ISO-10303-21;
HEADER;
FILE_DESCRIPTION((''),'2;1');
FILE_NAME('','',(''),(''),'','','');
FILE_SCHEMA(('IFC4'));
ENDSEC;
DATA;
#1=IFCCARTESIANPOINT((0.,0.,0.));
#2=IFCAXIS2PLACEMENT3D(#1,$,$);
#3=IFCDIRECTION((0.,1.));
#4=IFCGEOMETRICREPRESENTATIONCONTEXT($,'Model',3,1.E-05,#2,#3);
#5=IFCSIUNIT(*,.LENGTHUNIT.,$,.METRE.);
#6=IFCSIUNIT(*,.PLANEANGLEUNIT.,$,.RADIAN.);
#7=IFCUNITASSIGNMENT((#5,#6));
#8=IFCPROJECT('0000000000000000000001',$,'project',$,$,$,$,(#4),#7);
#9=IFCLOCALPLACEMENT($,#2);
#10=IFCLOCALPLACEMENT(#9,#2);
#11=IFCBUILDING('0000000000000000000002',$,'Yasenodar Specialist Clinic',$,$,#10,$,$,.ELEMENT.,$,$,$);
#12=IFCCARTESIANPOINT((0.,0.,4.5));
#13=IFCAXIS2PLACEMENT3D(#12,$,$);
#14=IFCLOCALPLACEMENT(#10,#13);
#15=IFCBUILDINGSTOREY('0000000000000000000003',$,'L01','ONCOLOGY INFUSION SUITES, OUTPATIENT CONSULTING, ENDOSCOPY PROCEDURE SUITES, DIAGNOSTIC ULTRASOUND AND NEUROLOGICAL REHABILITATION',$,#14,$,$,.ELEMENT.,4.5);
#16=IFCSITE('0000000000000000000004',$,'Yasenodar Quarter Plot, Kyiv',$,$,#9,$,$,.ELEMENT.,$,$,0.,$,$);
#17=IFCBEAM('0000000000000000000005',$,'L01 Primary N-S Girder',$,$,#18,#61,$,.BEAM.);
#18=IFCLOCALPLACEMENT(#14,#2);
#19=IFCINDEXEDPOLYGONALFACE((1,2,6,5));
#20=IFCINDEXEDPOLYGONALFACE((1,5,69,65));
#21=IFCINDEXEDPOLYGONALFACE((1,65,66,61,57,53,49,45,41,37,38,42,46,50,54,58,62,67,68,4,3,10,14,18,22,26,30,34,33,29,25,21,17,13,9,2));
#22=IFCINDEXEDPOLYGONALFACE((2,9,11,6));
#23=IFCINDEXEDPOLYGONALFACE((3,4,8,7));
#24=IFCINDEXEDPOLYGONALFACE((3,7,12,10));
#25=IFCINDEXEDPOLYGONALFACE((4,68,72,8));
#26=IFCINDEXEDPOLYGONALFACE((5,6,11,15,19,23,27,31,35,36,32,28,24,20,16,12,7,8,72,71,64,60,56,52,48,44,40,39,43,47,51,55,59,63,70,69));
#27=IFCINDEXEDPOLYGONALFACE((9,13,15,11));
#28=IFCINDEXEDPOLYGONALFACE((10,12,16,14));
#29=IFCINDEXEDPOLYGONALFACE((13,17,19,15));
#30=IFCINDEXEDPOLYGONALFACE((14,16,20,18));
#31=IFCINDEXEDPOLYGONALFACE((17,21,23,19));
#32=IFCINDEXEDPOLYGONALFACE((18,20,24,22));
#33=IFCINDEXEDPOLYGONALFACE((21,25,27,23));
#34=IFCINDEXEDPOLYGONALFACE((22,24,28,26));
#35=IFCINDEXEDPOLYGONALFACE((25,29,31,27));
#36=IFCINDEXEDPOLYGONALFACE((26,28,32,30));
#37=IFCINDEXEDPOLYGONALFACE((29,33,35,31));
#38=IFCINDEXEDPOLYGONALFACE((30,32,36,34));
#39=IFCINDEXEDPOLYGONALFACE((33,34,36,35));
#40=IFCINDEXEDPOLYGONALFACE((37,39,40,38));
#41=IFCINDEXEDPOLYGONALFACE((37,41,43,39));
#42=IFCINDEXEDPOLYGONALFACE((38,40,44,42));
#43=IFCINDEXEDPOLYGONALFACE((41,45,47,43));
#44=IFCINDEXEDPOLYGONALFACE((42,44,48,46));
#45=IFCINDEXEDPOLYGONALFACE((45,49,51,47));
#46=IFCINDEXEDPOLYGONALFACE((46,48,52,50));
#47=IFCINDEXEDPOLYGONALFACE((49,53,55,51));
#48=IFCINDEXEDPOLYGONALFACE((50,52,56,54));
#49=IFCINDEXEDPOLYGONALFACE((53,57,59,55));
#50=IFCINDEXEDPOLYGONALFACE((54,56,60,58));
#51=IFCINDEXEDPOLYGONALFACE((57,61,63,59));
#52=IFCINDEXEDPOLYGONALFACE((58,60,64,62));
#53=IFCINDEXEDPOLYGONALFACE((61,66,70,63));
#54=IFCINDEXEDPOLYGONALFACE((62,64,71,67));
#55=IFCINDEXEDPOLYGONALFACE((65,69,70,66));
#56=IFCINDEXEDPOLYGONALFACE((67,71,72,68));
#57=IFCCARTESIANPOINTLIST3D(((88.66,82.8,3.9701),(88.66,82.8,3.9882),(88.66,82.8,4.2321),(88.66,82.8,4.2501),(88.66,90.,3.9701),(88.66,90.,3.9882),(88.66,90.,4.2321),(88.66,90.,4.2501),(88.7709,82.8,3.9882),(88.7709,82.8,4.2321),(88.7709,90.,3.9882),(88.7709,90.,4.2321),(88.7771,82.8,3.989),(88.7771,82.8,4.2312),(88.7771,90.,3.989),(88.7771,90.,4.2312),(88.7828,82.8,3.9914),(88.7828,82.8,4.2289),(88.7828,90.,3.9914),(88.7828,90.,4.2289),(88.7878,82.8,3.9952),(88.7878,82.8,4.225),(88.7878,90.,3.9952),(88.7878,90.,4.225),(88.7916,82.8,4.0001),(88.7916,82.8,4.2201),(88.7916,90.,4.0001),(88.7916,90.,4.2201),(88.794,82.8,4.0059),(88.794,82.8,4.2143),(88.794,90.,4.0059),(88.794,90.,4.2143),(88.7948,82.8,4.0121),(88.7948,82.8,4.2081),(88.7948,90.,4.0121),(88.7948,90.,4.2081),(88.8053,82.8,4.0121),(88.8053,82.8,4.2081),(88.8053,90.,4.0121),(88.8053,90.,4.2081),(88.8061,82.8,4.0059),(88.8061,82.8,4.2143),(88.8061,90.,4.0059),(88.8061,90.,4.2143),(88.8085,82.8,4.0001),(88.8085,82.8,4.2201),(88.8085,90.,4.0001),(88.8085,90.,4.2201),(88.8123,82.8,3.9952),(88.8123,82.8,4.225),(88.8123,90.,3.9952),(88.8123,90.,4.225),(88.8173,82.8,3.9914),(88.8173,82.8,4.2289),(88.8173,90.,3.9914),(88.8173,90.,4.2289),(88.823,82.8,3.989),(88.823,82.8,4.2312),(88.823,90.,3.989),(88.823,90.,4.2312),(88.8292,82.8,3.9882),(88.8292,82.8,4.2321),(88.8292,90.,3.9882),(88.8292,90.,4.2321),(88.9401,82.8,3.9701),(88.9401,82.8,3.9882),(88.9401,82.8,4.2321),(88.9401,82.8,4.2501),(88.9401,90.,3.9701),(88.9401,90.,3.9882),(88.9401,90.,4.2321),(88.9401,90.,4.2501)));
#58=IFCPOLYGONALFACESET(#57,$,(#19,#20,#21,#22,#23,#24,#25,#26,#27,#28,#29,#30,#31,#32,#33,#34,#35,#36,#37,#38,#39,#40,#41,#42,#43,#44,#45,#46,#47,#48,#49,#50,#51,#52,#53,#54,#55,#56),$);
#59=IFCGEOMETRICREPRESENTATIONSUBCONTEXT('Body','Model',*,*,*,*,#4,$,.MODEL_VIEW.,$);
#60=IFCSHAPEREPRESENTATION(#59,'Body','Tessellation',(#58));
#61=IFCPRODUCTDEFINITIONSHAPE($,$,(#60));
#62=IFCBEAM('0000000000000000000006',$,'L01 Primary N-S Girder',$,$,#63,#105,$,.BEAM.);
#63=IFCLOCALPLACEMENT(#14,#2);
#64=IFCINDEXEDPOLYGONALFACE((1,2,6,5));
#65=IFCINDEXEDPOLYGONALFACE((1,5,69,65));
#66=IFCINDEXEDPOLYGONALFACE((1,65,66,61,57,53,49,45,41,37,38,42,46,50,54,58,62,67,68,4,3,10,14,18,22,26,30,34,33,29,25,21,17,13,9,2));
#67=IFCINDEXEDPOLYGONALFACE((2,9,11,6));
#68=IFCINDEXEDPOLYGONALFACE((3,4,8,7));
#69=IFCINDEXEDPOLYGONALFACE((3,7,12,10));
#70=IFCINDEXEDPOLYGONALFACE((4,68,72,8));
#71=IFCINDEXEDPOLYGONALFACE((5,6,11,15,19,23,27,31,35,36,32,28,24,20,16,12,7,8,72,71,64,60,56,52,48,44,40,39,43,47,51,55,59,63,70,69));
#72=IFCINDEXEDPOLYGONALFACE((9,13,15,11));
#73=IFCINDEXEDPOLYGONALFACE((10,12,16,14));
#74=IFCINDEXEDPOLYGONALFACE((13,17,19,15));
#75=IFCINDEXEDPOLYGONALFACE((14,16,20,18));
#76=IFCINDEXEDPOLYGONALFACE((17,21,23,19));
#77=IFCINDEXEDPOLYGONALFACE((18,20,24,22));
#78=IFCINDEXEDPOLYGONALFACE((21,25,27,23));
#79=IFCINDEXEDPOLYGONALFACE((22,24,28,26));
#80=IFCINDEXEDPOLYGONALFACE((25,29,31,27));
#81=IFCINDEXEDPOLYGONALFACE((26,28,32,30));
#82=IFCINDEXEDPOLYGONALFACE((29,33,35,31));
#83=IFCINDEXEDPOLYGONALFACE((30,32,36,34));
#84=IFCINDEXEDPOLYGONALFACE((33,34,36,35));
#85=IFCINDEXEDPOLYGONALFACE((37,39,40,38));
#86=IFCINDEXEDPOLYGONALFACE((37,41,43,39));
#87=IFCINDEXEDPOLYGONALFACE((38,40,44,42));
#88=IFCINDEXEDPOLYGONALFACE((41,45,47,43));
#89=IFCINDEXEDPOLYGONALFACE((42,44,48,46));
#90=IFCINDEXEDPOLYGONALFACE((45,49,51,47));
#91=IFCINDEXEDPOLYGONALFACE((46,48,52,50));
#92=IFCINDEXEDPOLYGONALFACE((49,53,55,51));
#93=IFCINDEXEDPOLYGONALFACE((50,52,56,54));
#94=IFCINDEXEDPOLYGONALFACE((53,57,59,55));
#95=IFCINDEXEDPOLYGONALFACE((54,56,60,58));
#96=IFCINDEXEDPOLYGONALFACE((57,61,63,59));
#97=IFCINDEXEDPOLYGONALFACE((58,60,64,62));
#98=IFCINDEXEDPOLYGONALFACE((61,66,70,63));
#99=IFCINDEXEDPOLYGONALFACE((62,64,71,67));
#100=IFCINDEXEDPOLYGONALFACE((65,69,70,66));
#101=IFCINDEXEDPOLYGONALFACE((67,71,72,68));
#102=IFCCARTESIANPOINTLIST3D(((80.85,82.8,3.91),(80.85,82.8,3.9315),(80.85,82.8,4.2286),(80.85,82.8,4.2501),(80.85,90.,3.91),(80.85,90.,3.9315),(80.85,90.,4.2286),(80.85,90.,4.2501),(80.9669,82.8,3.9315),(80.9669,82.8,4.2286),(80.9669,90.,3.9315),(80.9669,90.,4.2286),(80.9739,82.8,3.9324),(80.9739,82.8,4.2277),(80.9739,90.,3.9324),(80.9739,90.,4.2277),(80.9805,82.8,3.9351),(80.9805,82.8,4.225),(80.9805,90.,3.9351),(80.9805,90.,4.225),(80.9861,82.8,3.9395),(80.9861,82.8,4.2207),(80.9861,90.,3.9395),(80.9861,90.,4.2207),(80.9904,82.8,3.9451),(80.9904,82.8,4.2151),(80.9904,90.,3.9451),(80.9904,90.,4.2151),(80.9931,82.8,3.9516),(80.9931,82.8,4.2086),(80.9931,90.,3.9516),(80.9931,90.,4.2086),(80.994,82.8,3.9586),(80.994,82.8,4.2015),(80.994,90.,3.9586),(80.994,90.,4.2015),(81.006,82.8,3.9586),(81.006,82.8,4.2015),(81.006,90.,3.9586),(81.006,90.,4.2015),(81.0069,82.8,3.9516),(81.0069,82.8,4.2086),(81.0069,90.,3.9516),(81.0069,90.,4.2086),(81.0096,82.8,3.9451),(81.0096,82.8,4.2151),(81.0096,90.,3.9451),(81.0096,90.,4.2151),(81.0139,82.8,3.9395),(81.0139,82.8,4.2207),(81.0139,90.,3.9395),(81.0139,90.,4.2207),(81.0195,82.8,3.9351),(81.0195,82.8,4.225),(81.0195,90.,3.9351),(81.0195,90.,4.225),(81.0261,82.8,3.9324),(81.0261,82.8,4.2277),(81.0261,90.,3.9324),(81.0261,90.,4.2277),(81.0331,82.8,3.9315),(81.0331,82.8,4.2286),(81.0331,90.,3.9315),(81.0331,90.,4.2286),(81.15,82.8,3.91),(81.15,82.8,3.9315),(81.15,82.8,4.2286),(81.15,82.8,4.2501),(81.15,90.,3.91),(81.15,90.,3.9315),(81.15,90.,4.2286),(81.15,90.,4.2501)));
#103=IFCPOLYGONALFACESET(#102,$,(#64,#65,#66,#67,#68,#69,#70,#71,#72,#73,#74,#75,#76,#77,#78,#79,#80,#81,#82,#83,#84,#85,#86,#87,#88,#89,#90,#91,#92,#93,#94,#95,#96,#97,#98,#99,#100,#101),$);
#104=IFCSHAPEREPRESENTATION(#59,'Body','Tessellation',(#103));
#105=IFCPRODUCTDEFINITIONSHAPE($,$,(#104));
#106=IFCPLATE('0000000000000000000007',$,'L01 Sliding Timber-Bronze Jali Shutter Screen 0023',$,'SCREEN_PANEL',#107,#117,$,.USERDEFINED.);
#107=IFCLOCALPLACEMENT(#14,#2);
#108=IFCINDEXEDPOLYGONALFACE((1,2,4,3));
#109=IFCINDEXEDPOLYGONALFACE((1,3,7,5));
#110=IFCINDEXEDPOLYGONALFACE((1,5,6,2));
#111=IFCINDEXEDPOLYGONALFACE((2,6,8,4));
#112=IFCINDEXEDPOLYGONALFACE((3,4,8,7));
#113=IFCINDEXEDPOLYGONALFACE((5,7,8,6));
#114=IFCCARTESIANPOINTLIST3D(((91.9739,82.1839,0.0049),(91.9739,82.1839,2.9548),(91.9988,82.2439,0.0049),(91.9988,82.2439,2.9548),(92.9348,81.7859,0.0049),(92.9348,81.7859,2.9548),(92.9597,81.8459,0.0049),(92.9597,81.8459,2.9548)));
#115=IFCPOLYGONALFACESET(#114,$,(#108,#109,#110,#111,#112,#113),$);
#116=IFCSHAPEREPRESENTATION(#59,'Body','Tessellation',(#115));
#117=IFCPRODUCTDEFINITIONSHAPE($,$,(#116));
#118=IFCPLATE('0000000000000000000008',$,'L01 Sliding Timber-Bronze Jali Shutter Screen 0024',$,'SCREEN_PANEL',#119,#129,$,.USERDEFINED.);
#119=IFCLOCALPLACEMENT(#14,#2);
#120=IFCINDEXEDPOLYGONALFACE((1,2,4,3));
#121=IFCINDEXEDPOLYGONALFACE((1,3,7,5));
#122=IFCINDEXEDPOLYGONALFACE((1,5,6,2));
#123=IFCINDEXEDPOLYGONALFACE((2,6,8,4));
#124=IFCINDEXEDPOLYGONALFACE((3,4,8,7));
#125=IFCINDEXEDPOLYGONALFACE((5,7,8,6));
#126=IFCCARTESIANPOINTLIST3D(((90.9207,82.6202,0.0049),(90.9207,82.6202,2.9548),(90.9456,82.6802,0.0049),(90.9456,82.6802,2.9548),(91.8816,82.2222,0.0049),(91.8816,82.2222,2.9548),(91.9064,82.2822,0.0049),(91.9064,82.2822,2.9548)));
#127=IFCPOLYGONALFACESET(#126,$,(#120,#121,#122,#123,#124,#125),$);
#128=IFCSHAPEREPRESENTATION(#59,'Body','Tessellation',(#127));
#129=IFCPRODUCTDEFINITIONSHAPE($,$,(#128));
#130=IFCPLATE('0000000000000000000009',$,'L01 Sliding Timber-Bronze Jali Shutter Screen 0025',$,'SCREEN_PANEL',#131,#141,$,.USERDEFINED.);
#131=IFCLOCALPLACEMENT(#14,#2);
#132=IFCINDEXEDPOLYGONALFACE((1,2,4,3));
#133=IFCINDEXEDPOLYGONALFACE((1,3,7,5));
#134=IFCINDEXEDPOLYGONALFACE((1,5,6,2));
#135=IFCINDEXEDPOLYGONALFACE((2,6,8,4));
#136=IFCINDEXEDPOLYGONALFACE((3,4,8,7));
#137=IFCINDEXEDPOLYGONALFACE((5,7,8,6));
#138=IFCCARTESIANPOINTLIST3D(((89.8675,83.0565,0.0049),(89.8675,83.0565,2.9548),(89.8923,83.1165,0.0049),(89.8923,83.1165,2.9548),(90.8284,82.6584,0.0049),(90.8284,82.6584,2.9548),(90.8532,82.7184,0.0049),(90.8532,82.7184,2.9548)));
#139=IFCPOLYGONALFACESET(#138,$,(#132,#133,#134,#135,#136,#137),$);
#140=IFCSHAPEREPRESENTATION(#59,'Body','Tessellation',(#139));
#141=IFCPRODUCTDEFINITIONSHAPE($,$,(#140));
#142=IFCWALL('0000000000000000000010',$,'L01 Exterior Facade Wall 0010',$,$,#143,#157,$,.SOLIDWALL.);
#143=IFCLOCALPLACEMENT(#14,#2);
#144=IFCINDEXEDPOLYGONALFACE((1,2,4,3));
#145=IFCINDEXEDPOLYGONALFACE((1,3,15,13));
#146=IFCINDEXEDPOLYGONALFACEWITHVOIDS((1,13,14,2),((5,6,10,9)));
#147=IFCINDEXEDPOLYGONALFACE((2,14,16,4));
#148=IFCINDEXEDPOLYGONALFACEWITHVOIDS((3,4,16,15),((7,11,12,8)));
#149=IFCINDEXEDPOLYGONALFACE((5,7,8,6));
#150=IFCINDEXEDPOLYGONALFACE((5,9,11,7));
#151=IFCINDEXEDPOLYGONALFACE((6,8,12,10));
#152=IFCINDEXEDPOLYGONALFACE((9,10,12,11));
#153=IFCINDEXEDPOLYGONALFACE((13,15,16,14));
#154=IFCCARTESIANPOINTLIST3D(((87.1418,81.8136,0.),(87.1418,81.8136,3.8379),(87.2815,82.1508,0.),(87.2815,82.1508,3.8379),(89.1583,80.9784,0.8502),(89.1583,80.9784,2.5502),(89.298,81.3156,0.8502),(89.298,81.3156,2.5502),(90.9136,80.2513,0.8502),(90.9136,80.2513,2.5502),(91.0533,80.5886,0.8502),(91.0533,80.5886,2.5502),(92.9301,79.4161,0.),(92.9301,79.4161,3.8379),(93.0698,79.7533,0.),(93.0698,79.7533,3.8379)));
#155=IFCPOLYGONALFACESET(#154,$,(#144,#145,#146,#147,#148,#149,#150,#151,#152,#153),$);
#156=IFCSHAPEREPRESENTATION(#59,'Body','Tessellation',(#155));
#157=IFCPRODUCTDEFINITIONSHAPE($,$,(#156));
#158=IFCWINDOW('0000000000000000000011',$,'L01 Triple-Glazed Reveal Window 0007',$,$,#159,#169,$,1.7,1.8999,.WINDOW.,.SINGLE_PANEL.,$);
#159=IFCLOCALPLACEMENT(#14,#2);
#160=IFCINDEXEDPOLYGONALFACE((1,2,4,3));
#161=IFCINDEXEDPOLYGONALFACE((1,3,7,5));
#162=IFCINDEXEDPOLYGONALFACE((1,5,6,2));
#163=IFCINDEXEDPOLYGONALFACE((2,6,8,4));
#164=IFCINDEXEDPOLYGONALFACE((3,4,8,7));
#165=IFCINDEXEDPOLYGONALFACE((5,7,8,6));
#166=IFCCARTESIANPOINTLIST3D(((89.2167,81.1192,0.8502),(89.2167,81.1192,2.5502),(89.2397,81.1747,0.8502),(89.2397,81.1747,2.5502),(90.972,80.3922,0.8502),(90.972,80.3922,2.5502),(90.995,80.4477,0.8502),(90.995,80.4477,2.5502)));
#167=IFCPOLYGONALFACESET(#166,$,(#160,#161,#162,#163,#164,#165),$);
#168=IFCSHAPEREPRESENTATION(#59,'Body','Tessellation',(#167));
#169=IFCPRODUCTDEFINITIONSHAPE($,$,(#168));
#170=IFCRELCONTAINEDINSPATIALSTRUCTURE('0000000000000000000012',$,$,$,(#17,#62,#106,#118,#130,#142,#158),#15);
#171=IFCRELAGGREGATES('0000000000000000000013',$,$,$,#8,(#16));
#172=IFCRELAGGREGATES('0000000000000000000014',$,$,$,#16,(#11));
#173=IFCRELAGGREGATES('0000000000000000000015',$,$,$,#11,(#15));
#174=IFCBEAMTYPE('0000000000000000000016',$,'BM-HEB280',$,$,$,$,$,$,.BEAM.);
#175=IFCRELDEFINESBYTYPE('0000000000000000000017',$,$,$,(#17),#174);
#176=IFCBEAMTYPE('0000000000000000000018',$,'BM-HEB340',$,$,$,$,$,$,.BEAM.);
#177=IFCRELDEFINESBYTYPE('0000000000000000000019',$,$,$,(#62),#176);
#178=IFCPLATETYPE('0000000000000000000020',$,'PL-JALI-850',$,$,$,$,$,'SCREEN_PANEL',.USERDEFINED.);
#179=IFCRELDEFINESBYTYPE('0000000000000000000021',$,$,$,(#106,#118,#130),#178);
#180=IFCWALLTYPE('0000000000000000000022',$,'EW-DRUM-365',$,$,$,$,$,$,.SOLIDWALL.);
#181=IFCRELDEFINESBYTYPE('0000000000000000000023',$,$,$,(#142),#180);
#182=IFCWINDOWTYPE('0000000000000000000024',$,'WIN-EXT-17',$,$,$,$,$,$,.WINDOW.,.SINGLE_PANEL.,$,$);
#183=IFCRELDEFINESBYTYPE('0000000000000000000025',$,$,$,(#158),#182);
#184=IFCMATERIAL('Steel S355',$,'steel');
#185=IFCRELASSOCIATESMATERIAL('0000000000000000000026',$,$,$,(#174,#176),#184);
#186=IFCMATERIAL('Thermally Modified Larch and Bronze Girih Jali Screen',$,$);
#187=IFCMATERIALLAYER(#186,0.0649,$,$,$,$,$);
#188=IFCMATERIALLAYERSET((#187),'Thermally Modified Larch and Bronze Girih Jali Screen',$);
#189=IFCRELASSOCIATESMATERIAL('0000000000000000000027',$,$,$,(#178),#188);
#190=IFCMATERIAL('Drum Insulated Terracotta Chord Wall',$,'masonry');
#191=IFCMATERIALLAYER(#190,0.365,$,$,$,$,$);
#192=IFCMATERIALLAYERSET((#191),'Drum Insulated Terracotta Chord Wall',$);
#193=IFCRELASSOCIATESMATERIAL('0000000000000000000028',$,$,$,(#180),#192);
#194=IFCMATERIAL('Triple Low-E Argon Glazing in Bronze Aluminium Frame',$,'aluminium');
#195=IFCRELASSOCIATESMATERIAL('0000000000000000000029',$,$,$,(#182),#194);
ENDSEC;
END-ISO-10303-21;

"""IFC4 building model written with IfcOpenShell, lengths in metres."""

from ifc_helpers import new_model, si_unit, direction, frame, frame_2d, origin, origin_2d, place, context, subcontext, project, spatial, rectangle, i_section, extrude, material, layer, layer_set, material_profile, profile_set, type_object, element, fill, save


model = new_model("IFC4")

# Units and contexts
model_context = context("Model", 3, precision=1e-05, world=origin(), true_north=direction((0.0, 1.0)))
body_context = subcontext(model_context, "Body", "Model", "MODEL_VIEW")
ifc_project = project(units=[si_unit("LENGTHUNIT", "METRE"), si_unit("PLANEANGLEUNIT", "RADIAN")], contexts=[model_context])

# Site, building, storey
site_placement = place(None, origin())
site = spatial("IfcSite", under=ifc_project, at=site_placement, Name="Yasenodar Quarter Plot, Kyiv", CompositionType="ELEMENT", RefElevation=0.0)
building_placement = place(site_placement, origin())
building = spatial("IfcBuilding", under=site, at=building_placement, Name="Yasenodar Specialist Clinic", CompositionType="ELEMENT")
storey_placement = place(building_placement, frame((0.0, 0.0, 4.5)))
storey = spatial("IfcBuildingStorey", under=building, at=storey_placement, Name="L01", Description="ONCOLOGY INFUSION SUITES, OUTPATIENT CONSULTING, ENDOSCOPY PROCEDURE SUITES, DIAGNOSTIC ULTRASOUND AND NEUROLOGICAL REHABILITATION", CompositionType="ELEMENT", Elevation=4.5)

# Shared definitions
ifc_material_1 = material(Name="Steel S355", Category="steel")

# Beams
ifc_material_profile_1 = material_profile(ifc_material_1, i_section(OverallWidth=0.28, OverallDepth=0.28, WebThickness=0.0105, FlangeThickness=0.0181, FilletRadius=0.0239, at=origin_2d()), Name="HEB 280")
ifc_profile_set_1 = profile_set([ifc_material_profile_1], Name="Steel S355")
beam_type_1 = type_object("IfcBeamType", Name="BM-HEB280", PredefinedType="BEAM", material=ifc_profile_set_1)
beam_1_placement = place(storey_placement, frame((88.8, 82.8, 4.1101), z_axis=(0.0, 1.0, 0.0), x_axis=(-1.0, 0.0, 0.0)))
element("IfcBeam", 1, at=beam_1_placement, inside=storey, type_object=beam_type_1, Name="L01 Primary N-S Girder", PredefinedType="BEAM", context=body_context, shape_type="SweptSolid", body=[
    extrude(i_section(OverallWidth=0.28, OverallDepth=0.28, WebThickness=0.0105, FlangeThickness=0.0181, FilletRadius=0.0239, at=origin_2d()), origin(), (0.0, 0.0, 1.0), 7.2),
])
ifc_material_profile_2 = material_profile(ifc_material_1, i_section(OverallWidth=0.3, OverallDepth=0.3401, WebThickness=0.012, FlangeThickness=0.0215, FilletRadius=0.0271, at=origin_2d()), Name="HEB 340")
ifc_profile_set_2 = profile_set([ifc_material_profile_2], Name="Steel S355")
beam_type_2 = type_object("IfcBeamType", Name="BM-HEB340", PredefinedType="BEAM", material=ifc_profile_set_2)
beam_2_placement = place(storey_placement, frame((81.0, 82.8, 4.0801), z_axis=(0.0, 1.0, 0.0), x_axis=(-1.0, 0.0, 0.0)))
element("IfcBeam", 2, at=beam_2_placement, inside=storey, type_object=beam_type_2, Name="L01 Primary N-S Girder", PredefinedType="BEAM", context=body_context, shape_type="SweptSolid", body=[
    extrude(i_section(OverallWidth=0.3, OverallDepth=0.3401, WebThickness=0.012, FlangeThickness=0.0215, FilletRadius=0.0271, at=origin_2d()), origin(), (0.0, 0.0, 1.0), 7.2),
])

# Plates
ifc_material_2 = material(Name="Thermally Modified Larch and Bronze Girih Jali Screen")
ifc_layer_1 = layer(ifc_material_2, 0.0649)
ifc_layer_set_1 = layer_set([ifc_layer_1], Name="Thermally Modified Larch and Bronze Girih Jali Screen")
plate_type = type_object("IfcPlateType", Name="PL-JALI-850", ElementType="SCREEN_PANEL", PredefinedType="USERDEFINED", material=ifc_layer_set_1)
for number, where, z_axis, x_axis, name in (
    (3, (92.4668, 82.0149, 0.0049), (0.0, 0.0, 1.0), (-0.923878, 0.382687, 0.0), "L01 Sliding Timber-Bronze Jali Shutter Screen 0023"),
    (4, (91.4136, 82.4512, 0.0049), (0.0, 0.0, 1.0), (-0.923878, 0.382687, 0.0), "L01 Sliding Timber-Bronze Jali Shutter Screen 0024"),
    (5, (90.3604, 82.8875, 0.0049), (0.0, 0.0, 1.0), (-0.923878, 0.382687, 0.0), "L01 Sliding Timber-Bronze Jali Shutter Screen 0025"),
):
    element("IfcPlate", number, at=place(storey_placement, frame(where, z_axis=z_axis, x_axis=x_axis)), inside=storey, type_object=plate_type, Name=name, ObjectType="SCREEN_PANEL", PredefinedType="USERDEFINED", context=body_context, shape_type="SweptSolid", body=[
        extrude(rectangle(XDim=1.04, YDim=0.0649, at=origin_2d()), origin(), (0.0, 0.0, 1.0), 2.95),
    ])

# Wall, opening, window
ifc_material_3 = material(Name="Drum Insulated Terracotta Chord Wall", Category="masonry")
ifc_layer_2 = layer(ifc_material_3, 0.365)
ifc_layer_set_2 = layer_set([ifc_layer_2], Name="Drum Insulated Terracotta Chord Wall")
wall_type = type_object("IfcWallType", Name="EW-DRUM-365", PredefinedType="SOLIDWALL", material=ifc_layer_set_2)
wall_placement = place(storey_placement, frame((87.2117, 81.9822, 0.0), z_axis=(0.0, 0.0, 1.0), x_axis=(0.923888, -0.382664, 0.0)))
wall = element("IfcWall", 6, at=wall_placement, inside=storey, type_object=wall_type, Name="L01 Exterior Facade Wall 0010", PredefinedType="SOLIDWALL", context=body_context, shape_type="SweptSolid", body=[
    extrude(rectangle(XDim=6.2651, YDim=0.365, at=frame_2d((3.1326, 0.0))), origin(), (0.0, 0.0, 1.0), 3.8379),
])
opening_placement = place(wall_placement, frame((2.1826, 0.0, 0.8501)))
opening = element("IfcOpeningElement", 7, at=opening_placement, cuts=wall, PredefinedType="OPENING", context=body_context, shape_type="SweptSolid", body=[
    extrude(rectangle(XDim=1.8999, YDim=1.7, at=frame_2d((0.95, 0.8501))), frame((0.0, 0.1924, 0.0), z_axis=(0.0, -1.0, 0.0), x_axis=(1.0, 0.0, 0.0)), (0.0, 0.0, 1.0), 0.385),
])
ifc_material_4 = material(Name="Triple Low-E Argon Glazing in Bronze Aluminium Frame", Category="aluminium")
window_type = type_object("IfcWindowType", Name="WIN-EXT-17", PartitioningType="SINGLE_PANEL", PredefinedType="WINDOW", material=ifc_material_4)
window_placement = place(opening_placement, origin())
window = element("IfcWindow", 8, at=window_placement, inside=storey, type_object=window_type, Name="L01 Triple-Glazed Reveal Window 0007", OverallHeight=1.7, OverallWidth=1.8999, PartitioningType="SINGLE_PANEL", PredefinedType="WINDOW", context=body_context, shape_type="SweptSolid", body=[
    extrude(rectangle(XDim=1.8999, YDim=1.7, at=frame_2d((0.95, 0.8501))), frame((0.0, 0.03, 0.0), z_axis=(0.0, -1.0, 0.0), x_axis=(1.0, 0.0, 0.0)), (0.0, 0.0, 1.0), 0.0601),
])
fill(opening, window)

save(model, "model.ifc")
